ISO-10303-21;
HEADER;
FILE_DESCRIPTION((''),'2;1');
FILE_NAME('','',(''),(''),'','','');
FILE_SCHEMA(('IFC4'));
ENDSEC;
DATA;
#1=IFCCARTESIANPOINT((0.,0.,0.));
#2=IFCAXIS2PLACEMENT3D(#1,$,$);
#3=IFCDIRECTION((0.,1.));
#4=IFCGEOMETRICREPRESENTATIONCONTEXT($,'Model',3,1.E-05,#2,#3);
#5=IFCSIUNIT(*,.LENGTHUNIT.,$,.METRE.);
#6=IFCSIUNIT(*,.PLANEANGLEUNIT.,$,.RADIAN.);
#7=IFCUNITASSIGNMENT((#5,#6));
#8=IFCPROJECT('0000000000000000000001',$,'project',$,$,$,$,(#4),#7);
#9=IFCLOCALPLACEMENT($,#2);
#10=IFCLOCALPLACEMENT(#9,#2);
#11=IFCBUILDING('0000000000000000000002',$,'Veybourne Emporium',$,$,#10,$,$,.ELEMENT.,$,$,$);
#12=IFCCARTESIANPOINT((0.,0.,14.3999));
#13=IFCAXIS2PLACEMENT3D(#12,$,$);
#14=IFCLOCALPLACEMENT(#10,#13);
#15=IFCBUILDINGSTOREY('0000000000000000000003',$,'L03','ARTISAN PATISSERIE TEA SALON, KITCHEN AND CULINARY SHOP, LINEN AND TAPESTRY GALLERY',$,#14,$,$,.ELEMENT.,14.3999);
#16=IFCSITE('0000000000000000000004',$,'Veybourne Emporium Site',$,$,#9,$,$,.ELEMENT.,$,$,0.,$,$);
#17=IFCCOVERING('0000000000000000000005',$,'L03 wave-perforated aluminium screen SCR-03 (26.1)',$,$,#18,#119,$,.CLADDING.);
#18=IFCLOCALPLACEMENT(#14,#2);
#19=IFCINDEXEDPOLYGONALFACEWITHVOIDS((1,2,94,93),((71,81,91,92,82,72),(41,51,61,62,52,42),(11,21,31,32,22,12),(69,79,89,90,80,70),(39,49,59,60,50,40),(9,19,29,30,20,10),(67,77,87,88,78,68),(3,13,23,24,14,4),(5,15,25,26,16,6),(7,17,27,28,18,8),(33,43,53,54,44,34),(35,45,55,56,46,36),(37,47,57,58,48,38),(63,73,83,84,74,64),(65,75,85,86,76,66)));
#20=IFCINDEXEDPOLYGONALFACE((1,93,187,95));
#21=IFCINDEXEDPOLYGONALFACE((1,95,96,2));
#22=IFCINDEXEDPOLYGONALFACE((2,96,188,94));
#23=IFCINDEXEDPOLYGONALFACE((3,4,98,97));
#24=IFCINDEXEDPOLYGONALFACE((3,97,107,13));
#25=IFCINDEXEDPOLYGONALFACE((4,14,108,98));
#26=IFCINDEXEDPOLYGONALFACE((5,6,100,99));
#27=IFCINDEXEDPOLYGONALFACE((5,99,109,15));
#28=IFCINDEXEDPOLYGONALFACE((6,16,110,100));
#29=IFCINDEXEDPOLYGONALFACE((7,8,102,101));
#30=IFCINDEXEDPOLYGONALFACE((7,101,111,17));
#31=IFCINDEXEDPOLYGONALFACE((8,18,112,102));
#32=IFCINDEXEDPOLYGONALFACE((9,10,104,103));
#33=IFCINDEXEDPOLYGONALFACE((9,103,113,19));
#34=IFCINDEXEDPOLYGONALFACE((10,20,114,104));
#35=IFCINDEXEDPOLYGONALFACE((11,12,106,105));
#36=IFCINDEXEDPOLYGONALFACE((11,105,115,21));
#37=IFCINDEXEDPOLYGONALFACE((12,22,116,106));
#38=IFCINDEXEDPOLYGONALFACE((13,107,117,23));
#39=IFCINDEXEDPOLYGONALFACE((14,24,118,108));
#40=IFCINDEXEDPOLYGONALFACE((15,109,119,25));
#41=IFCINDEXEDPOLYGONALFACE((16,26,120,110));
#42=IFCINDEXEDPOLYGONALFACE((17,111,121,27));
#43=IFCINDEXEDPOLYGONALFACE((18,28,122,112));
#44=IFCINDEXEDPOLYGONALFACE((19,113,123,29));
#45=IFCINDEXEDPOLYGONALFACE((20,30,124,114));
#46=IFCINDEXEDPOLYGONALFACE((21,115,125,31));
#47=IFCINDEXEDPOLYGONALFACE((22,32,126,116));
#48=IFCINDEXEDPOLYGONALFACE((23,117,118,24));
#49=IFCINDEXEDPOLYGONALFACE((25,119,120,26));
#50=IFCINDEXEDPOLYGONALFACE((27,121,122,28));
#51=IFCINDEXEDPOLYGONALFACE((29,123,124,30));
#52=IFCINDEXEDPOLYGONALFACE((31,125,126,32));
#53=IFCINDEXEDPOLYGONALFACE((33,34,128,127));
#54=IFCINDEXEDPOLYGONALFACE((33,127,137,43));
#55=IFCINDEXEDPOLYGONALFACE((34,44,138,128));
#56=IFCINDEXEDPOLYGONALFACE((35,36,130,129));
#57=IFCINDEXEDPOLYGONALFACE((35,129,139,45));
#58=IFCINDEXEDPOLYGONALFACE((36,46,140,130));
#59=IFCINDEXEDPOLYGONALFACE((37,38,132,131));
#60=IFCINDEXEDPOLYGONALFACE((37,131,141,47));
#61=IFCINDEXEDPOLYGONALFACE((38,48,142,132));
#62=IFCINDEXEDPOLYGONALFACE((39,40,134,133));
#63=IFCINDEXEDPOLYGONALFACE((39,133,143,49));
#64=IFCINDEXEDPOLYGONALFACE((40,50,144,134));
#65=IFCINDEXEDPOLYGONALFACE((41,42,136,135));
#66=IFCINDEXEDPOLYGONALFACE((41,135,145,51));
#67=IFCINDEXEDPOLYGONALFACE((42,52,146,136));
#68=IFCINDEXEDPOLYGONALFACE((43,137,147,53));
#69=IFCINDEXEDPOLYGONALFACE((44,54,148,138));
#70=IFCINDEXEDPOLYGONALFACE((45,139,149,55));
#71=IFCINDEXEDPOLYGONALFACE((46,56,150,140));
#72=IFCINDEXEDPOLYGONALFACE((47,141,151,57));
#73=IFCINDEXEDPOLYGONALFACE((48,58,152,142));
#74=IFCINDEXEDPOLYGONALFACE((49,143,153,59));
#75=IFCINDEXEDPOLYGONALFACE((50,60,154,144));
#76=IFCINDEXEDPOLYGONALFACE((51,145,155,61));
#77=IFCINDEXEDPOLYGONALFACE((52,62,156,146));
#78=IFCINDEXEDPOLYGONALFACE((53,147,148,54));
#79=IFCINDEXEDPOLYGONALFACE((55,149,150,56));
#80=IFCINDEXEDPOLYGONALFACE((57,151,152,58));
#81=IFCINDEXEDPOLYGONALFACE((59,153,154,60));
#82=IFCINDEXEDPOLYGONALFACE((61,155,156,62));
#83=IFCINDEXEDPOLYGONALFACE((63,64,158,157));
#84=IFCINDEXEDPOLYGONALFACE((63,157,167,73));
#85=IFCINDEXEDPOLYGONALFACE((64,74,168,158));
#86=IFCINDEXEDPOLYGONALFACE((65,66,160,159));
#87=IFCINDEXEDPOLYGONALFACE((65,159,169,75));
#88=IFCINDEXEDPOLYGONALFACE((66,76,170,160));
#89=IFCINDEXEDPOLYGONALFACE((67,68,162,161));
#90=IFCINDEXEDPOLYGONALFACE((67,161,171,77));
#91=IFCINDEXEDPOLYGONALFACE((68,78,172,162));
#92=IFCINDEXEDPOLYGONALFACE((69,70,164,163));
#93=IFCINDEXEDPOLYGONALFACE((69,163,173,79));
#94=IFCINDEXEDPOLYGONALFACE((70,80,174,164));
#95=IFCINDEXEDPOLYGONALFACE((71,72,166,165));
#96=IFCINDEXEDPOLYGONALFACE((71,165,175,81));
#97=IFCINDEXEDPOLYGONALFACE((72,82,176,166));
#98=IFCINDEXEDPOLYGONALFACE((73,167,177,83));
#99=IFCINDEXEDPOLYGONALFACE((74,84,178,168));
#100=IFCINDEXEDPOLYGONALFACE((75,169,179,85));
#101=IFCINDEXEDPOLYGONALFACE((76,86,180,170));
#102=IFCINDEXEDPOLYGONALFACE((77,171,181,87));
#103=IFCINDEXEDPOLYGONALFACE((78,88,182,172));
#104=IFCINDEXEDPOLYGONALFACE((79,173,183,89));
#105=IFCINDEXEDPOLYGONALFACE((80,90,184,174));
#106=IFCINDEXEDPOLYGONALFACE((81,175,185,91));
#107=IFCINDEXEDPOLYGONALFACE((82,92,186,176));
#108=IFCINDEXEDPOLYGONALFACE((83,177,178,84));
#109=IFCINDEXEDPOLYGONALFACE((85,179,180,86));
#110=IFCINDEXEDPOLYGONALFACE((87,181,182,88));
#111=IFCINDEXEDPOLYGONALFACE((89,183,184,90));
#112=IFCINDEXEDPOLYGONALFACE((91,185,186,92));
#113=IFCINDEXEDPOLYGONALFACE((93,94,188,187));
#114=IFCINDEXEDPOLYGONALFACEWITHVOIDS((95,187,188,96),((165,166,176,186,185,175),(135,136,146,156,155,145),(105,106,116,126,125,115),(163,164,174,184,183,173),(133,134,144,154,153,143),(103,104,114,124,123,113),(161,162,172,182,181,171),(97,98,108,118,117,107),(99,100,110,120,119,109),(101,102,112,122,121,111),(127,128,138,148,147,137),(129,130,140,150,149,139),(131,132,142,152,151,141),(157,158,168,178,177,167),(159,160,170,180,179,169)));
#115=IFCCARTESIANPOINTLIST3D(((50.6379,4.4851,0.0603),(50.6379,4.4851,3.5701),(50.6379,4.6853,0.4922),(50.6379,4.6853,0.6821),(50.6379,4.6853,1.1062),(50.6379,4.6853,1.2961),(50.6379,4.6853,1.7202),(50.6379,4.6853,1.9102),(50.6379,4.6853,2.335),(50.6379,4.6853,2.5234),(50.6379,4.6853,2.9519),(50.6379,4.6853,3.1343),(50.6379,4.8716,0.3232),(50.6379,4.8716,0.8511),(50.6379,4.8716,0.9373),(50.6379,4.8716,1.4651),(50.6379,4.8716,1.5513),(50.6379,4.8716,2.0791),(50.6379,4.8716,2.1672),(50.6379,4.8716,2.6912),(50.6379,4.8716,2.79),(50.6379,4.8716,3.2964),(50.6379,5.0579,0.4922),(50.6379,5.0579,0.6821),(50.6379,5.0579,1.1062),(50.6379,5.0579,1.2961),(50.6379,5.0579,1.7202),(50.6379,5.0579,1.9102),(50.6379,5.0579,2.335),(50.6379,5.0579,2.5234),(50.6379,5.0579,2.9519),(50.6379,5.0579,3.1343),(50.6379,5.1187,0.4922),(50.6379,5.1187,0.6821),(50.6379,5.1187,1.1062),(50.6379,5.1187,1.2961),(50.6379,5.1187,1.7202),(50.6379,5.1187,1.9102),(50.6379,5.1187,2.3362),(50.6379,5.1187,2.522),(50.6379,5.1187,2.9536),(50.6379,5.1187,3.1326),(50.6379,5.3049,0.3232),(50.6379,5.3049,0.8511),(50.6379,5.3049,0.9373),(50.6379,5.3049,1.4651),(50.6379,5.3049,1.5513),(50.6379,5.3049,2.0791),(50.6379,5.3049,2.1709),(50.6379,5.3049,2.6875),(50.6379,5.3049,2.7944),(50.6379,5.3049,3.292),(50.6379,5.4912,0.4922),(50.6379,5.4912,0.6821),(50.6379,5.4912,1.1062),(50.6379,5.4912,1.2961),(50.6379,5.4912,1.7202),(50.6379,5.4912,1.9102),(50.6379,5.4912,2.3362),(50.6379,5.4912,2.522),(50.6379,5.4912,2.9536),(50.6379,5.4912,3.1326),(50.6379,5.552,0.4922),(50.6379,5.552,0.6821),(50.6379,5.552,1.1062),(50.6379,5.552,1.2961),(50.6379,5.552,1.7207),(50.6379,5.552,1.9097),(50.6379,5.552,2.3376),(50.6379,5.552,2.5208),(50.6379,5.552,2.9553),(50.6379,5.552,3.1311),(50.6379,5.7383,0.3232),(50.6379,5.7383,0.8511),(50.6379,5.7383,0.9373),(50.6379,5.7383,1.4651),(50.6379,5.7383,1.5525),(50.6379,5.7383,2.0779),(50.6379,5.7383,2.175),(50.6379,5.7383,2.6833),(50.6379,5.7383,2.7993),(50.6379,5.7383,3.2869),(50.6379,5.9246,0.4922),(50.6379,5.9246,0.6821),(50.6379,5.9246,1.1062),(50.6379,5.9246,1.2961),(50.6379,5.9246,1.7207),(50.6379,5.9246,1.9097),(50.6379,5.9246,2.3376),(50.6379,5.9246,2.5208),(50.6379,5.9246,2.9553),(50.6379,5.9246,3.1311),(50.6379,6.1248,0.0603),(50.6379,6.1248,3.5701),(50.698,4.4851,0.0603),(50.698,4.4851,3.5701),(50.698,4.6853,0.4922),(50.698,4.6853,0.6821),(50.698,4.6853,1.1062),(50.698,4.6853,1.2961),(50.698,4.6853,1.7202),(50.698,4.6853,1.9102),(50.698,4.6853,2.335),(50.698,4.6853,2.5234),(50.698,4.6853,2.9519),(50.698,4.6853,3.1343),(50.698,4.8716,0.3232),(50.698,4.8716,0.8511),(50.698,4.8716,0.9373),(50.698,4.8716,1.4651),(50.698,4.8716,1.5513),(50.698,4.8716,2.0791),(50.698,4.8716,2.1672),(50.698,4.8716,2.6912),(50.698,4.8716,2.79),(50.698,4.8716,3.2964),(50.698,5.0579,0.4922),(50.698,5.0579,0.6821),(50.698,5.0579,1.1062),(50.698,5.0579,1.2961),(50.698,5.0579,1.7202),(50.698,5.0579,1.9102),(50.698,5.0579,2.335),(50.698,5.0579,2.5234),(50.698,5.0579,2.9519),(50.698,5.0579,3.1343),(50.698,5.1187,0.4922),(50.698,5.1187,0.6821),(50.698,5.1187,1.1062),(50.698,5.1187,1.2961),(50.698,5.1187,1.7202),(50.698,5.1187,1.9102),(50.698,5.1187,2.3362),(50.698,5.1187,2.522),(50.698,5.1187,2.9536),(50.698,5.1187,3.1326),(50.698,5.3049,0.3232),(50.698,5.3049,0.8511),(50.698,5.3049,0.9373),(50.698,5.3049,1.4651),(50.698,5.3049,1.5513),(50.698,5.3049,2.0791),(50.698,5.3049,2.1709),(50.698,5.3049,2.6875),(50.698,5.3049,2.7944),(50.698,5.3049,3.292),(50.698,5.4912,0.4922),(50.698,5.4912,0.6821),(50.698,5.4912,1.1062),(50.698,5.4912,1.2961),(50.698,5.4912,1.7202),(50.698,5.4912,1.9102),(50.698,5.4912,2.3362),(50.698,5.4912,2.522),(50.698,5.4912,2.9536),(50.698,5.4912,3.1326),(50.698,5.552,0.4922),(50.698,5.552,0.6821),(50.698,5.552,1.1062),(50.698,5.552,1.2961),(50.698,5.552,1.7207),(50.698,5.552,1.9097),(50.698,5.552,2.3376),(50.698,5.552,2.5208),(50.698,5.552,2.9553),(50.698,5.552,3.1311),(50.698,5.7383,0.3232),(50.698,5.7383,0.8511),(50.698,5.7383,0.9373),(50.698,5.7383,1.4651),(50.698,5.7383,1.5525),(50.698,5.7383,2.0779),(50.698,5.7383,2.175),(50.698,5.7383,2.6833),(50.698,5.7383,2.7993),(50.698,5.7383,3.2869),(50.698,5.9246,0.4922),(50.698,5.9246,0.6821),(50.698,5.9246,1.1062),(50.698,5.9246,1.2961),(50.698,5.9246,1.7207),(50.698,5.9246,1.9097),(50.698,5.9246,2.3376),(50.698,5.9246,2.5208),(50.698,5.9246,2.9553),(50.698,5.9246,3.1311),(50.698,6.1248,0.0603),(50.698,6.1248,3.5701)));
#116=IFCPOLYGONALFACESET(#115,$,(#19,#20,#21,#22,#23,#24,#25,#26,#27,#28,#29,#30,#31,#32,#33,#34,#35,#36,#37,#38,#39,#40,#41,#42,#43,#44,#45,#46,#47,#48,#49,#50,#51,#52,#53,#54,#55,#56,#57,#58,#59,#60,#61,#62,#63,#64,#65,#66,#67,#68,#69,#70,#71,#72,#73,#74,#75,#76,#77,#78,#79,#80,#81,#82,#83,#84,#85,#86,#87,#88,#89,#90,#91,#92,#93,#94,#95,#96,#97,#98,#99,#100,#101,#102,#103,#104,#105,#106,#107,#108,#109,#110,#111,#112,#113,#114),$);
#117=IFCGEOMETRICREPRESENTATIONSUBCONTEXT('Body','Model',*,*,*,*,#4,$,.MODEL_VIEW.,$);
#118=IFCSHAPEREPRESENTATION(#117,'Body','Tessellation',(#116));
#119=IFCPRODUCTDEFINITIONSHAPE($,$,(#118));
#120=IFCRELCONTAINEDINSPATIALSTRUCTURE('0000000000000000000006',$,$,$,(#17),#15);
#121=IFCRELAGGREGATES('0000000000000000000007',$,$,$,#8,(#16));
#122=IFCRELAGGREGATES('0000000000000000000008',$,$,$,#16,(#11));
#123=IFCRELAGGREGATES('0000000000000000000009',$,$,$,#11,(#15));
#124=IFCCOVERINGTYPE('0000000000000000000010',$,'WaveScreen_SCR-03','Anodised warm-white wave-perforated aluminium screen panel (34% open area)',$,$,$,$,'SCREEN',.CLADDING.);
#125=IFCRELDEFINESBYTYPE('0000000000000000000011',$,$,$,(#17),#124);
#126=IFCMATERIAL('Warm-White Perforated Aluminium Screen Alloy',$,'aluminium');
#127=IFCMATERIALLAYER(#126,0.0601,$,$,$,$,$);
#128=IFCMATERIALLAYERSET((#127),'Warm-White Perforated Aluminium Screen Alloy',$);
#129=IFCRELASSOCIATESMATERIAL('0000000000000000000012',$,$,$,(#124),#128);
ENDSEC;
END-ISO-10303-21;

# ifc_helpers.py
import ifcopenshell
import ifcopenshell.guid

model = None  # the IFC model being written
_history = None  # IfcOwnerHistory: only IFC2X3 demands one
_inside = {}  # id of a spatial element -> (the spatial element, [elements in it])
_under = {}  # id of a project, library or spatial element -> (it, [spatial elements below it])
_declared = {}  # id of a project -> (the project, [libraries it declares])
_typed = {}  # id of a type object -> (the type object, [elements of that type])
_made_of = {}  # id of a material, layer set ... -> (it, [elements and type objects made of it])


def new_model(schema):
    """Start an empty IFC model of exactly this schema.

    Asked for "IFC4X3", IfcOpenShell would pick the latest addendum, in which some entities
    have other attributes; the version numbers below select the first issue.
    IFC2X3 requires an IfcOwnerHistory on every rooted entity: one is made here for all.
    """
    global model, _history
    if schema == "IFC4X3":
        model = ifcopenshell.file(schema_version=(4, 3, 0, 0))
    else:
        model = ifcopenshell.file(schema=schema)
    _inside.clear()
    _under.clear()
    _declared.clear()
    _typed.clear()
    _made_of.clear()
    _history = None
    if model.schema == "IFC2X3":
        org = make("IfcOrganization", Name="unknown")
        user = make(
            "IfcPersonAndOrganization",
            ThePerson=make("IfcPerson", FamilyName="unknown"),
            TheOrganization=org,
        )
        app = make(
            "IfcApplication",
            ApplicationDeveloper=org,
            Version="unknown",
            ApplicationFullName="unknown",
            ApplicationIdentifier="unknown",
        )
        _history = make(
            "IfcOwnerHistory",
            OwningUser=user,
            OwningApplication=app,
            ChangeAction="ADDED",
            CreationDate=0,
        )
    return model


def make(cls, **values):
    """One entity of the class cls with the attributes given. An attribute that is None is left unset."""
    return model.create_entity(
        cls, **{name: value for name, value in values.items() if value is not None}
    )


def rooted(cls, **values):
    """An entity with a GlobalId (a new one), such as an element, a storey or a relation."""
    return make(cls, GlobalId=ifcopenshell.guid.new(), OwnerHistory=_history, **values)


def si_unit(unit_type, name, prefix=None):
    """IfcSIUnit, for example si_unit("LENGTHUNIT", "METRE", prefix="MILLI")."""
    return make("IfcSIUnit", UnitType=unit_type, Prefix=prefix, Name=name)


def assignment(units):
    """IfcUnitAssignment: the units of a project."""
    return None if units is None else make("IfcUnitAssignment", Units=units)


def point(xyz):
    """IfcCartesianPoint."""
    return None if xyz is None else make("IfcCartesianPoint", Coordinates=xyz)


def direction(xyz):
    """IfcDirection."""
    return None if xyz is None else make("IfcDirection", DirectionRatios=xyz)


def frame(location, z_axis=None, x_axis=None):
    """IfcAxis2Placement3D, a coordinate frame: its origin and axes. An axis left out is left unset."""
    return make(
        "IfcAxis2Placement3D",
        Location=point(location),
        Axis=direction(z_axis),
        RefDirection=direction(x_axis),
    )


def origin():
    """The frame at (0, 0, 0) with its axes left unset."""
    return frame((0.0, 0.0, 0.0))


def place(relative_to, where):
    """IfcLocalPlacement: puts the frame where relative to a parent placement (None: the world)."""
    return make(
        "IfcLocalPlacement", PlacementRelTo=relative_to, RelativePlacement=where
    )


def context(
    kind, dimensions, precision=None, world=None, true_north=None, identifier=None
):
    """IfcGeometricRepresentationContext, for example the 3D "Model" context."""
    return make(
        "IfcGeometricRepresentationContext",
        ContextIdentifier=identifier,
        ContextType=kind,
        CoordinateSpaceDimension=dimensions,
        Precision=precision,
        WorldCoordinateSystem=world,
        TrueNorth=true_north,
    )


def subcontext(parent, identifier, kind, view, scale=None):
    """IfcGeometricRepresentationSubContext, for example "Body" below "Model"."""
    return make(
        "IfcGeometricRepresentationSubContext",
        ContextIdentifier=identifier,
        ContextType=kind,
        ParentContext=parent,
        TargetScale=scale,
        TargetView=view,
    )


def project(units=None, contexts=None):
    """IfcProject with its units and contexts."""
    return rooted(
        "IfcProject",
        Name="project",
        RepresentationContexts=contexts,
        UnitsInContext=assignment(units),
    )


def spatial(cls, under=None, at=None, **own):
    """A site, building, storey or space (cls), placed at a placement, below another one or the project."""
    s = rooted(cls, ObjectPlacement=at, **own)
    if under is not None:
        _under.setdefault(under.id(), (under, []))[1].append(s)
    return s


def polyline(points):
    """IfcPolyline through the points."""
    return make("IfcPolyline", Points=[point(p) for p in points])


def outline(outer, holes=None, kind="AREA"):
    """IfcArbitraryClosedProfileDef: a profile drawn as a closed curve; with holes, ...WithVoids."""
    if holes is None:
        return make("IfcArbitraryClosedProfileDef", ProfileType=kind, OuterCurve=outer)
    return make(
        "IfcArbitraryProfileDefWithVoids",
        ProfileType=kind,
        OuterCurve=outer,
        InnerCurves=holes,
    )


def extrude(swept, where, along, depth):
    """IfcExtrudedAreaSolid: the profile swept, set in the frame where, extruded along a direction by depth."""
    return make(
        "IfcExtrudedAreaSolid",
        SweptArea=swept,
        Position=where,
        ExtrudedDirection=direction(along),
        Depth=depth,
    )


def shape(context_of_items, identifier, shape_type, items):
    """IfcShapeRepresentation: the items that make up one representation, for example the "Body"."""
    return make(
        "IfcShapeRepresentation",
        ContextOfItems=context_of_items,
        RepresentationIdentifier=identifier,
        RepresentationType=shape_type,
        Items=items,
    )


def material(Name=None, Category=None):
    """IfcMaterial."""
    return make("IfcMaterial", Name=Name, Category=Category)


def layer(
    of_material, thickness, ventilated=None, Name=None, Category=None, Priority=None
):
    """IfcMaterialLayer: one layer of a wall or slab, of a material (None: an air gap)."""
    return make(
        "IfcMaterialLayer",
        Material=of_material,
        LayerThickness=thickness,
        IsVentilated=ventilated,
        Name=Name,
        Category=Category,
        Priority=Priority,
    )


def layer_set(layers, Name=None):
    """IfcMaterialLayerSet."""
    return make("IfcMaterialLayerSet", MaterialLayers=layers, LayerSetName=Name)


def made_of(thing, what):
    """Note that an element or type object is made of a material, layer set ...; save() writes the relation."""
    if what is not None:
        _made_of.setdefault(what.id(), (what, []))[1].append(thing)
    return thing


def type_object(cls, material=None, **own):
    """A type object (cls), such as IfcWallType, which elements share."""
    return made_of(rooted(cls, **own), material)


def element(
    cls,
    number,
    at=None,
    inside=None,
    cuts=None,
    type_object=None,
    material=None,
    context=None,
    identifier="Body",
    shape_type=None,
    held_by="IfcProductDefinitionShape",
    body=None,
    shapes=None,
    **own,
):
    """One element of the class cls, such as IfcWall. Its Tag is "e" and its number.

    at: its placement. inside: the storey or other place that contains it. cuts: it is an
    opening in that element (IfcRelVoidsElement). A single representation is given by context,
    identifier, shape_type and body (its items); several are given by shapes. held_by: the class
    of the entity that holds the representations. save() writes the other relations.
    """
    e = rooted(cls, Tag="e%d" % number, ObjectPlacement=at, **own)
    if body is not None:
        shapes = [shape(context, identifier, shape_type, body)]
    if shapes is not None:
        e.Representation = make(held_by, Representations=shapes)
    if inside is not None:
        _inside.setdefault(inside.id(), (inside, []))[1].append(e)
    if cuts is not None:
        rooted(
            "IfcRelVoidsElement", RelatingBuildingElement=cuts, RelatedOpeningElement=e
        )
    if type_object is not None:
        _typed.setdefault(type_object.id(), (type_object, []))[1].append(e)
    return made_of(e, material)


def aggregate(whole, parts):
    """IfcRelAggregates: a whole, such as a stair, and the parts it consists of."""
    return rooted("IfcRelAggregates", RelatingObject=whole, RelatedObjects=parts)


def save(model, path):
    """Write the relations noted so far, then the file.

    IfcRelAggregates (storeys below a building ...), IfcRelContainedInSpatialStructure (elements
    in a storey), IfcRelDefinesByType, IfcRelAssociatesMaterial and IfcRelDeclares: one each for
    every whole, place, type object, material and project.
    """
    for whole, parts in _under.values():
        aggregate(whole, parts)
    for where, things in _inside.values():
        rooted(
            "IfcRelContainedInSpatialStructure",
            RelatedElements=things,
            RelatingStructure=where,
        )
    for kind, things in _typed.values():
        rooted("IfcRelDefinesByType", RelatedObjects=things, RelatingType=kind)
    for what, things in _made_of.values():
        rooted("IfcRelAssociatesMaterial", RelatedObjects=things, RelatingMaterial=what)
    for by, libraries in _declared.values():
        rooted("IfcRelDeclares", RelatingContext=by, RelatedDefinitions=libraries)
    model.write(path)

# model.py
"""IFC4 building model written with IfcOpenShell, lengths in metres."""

from ifc_helpers import new_model, si_unit, direction, frame, origin, place, context, subcontext, project, spatial, polyline, outline, extrude, material, layer, layer_set, type_object, element, save


model = new_model("IFC4")

# Units and contexts
model_context = context("Model", 3, precision=1e-05, world=origin(), true_north=direction((0.0, 1.0)))
body_context = subcontext(model_context, "Body", "Model", "MODEL_VIEW")
ifc_project = project(units=[si_unit("LENGTHUNIT", "METRE"), si_unit("PLANEANGLEUNIT", "RADIAN")], contexts=[model_context])

# Site, building, storey
site_placement = place(None, origin())
site = spatial("IfcSite", under=ifc_project, at=site_placement, Name="Veybourne Emporium Site", CompositionType="ELEMENT", RefElevation=0.0)
building_placement = place(site_placement, origin())
building = spatial("IfcBuilding", under=site, at=building_placement, Name="Veybourne Emporium", CompositionType="ELEMENT")
storey_placement = place(building_placement, frame((0.0, 0.0, 14.3999)))
storey = spatial("IfcBuildingStorey", under=building, at=storey_placement, Name="L03", Description="ARTISAN PATISSERIE TEA SALON, KITCHEN AND CULINARY SHOP, LINEN AND TAPESTRY GALLERY", CompositionType="ELEMENT", Elevation=14.3999)

# Covering
ifc_material_1 = material(Name="Warm-White Perforated Aluminium Screen Alloy", Category="aluminium")
ifc_layer_1 = layer(ifc_material_1, 0.0601)
ifc_layer_set_1 = layer_set([ifc_layer_1], Name="Warm-White Perforated Aluminium Screen Alloy")
covering_type_1 = type_object("IfcCoveringType", Name="WaveScreen_SCR-03", Description="Anodised warm-white wave-perforated aluminium screen panel (34% open area)", ElementType="SCREEN", PredefinedType="CLADDING", material=ifc_layer_set_1)
covering_1_placement = place(storey_placement, frame((50.698, 5.3049, 1.8152), z_axis=(-1.0, 0.0, 0.0), x_axis=(0.0, -1.0, 0.0)))
element("IfcCovering", 1, at=covering_1_placement, inside=storey, type_object=covering_type_1, Name="L03 wave-perforated aluminium screen SCR-03 (26.1)", PredefinedType="CLADDING", context=body_context, shape_type="SweptSolid", body=[
    extrude(outline(polyline([(-0.8198, -1.7549), (0.8198, -1.7549), (0.8198, 1.7549), (-0.8198, 1.7549), (-0.8198, -1.7549)]), holes=[polyline([(-0.4333, -0.9641), (-0.2471, -1.1331), (-0.2471, -1.323), (-0.4333, -1.4919), (-0.6196, -1.323), (-0.6196, -1.1331), (-0.4333, -0.9641)]), polyline([(-0.4333, -0.3501), (-0.2471, -0.519), (-0.2471, -0.709), (-0.4333, -0.8779), (-0.6196, -0.709), (-0.6196, -0.519), (-0.4333, -0.3501)]), polyline([(-0.4333, 0.2627), (-0.2471, 0.0945), (-0.2471, -0.0945), (-0.4333, -0.2627), (-0.6196, -0.0945), (-0.6196, 0.0945), (-0.4333, 0.2627)]), polyline([(-0.4333, 0.8682), (-0.2471, 0.7056), (-0.2471, 0.5225), (-0.4333, 0.3599), (-0.6196, 0.5225), (-0.6196, 0.7056), (-0.4333, 0.8682)]), polyline([(-0.4333, 1.4717), (-0.2471, 1.3159), (-0.2471, 1.1401), (-0.4333, 0.9841), (-0.6196, 1.1401), (-0.6196, 1.3159), (-0.4333, 1.4717)]), polyline([(0.0, -0.9641), (0.1863, -1.1331), (0.1863, -1.323), (0.0, -1.4919), (-0.1863, -1.323), (-0.1863, -1.1331), (0.0, -0.9641)]), polyline([(0.0, -0.3501), (0.1863, -0.519), (0.1863, -0.709), (0.0, -0.8779), (-0.1863, -0.709), (-0.1863, -0.519), (0.0, -0.3501)]), polyline([(0.0, 0.2639), (0.1863, 0.095), (0.1863, -0.095), (0.0, -0.2639), (-0.1863, -0.095), (-0.1863, 0.095), (0.0, 0.2639)]), polyline([(0.0, 0.8723), (0.1863, 0.7068), (0.1863, 0.521), (0.0, 0.3557), (-0.1863, 0.521), (-0.1863, 0.7068), (0.0, 0.8723)]), polyline([(0.0, 1.4768), (0.1863, 1.3174), (0.1863, 1.1384), (0.0, 0.9792), (-0.1863, 1.1384), (-0.1863, 1.3174), (0.0, 1.4768)]), polyline([(0.4333, -0.9641), (0.6196, -1.1331), (0.6196, -1.323), (0.4333, -1.4919), (0.2471, -1.323), (0.2471, -1.1331), (0.4333, -0.9641)]), polyline([(0.4333, -0.3501), (0.6196, -0.519), (0.6196, -0.709), (0.4333, -0.8779), (0.2471, -0.709), (0.2471, -0.519), (0.4333, -0.3501)]), polyline([(0.4333, 0.2639), (0.6196, 0.095), (0.6196, -0.095), (0.4333, -0.2639), (0.2471, -0.095), (0.2471, 0.095), (0.4333, 0.2639)]), polyline([(0.4333, 0.876), (0.6196, 0.7083), (0.6196, 0.5198), (0.4333, 0.3521), (0.2471, 0.5198), (0.2471, 0.7083), (0.4333, 0.876)]), polyline([(0.4333, 1.4812), (0.6196, 1.3191), (0.6196, 1.1367), (0.4333, 0.9749), (0.2471, 1.1367), (0.2471, 1.3191), (0.4333, 1.4812)])]), origin(), (0.0, 0.0, 1.0), 0.0601),
])

save(model, "model.ifc")
